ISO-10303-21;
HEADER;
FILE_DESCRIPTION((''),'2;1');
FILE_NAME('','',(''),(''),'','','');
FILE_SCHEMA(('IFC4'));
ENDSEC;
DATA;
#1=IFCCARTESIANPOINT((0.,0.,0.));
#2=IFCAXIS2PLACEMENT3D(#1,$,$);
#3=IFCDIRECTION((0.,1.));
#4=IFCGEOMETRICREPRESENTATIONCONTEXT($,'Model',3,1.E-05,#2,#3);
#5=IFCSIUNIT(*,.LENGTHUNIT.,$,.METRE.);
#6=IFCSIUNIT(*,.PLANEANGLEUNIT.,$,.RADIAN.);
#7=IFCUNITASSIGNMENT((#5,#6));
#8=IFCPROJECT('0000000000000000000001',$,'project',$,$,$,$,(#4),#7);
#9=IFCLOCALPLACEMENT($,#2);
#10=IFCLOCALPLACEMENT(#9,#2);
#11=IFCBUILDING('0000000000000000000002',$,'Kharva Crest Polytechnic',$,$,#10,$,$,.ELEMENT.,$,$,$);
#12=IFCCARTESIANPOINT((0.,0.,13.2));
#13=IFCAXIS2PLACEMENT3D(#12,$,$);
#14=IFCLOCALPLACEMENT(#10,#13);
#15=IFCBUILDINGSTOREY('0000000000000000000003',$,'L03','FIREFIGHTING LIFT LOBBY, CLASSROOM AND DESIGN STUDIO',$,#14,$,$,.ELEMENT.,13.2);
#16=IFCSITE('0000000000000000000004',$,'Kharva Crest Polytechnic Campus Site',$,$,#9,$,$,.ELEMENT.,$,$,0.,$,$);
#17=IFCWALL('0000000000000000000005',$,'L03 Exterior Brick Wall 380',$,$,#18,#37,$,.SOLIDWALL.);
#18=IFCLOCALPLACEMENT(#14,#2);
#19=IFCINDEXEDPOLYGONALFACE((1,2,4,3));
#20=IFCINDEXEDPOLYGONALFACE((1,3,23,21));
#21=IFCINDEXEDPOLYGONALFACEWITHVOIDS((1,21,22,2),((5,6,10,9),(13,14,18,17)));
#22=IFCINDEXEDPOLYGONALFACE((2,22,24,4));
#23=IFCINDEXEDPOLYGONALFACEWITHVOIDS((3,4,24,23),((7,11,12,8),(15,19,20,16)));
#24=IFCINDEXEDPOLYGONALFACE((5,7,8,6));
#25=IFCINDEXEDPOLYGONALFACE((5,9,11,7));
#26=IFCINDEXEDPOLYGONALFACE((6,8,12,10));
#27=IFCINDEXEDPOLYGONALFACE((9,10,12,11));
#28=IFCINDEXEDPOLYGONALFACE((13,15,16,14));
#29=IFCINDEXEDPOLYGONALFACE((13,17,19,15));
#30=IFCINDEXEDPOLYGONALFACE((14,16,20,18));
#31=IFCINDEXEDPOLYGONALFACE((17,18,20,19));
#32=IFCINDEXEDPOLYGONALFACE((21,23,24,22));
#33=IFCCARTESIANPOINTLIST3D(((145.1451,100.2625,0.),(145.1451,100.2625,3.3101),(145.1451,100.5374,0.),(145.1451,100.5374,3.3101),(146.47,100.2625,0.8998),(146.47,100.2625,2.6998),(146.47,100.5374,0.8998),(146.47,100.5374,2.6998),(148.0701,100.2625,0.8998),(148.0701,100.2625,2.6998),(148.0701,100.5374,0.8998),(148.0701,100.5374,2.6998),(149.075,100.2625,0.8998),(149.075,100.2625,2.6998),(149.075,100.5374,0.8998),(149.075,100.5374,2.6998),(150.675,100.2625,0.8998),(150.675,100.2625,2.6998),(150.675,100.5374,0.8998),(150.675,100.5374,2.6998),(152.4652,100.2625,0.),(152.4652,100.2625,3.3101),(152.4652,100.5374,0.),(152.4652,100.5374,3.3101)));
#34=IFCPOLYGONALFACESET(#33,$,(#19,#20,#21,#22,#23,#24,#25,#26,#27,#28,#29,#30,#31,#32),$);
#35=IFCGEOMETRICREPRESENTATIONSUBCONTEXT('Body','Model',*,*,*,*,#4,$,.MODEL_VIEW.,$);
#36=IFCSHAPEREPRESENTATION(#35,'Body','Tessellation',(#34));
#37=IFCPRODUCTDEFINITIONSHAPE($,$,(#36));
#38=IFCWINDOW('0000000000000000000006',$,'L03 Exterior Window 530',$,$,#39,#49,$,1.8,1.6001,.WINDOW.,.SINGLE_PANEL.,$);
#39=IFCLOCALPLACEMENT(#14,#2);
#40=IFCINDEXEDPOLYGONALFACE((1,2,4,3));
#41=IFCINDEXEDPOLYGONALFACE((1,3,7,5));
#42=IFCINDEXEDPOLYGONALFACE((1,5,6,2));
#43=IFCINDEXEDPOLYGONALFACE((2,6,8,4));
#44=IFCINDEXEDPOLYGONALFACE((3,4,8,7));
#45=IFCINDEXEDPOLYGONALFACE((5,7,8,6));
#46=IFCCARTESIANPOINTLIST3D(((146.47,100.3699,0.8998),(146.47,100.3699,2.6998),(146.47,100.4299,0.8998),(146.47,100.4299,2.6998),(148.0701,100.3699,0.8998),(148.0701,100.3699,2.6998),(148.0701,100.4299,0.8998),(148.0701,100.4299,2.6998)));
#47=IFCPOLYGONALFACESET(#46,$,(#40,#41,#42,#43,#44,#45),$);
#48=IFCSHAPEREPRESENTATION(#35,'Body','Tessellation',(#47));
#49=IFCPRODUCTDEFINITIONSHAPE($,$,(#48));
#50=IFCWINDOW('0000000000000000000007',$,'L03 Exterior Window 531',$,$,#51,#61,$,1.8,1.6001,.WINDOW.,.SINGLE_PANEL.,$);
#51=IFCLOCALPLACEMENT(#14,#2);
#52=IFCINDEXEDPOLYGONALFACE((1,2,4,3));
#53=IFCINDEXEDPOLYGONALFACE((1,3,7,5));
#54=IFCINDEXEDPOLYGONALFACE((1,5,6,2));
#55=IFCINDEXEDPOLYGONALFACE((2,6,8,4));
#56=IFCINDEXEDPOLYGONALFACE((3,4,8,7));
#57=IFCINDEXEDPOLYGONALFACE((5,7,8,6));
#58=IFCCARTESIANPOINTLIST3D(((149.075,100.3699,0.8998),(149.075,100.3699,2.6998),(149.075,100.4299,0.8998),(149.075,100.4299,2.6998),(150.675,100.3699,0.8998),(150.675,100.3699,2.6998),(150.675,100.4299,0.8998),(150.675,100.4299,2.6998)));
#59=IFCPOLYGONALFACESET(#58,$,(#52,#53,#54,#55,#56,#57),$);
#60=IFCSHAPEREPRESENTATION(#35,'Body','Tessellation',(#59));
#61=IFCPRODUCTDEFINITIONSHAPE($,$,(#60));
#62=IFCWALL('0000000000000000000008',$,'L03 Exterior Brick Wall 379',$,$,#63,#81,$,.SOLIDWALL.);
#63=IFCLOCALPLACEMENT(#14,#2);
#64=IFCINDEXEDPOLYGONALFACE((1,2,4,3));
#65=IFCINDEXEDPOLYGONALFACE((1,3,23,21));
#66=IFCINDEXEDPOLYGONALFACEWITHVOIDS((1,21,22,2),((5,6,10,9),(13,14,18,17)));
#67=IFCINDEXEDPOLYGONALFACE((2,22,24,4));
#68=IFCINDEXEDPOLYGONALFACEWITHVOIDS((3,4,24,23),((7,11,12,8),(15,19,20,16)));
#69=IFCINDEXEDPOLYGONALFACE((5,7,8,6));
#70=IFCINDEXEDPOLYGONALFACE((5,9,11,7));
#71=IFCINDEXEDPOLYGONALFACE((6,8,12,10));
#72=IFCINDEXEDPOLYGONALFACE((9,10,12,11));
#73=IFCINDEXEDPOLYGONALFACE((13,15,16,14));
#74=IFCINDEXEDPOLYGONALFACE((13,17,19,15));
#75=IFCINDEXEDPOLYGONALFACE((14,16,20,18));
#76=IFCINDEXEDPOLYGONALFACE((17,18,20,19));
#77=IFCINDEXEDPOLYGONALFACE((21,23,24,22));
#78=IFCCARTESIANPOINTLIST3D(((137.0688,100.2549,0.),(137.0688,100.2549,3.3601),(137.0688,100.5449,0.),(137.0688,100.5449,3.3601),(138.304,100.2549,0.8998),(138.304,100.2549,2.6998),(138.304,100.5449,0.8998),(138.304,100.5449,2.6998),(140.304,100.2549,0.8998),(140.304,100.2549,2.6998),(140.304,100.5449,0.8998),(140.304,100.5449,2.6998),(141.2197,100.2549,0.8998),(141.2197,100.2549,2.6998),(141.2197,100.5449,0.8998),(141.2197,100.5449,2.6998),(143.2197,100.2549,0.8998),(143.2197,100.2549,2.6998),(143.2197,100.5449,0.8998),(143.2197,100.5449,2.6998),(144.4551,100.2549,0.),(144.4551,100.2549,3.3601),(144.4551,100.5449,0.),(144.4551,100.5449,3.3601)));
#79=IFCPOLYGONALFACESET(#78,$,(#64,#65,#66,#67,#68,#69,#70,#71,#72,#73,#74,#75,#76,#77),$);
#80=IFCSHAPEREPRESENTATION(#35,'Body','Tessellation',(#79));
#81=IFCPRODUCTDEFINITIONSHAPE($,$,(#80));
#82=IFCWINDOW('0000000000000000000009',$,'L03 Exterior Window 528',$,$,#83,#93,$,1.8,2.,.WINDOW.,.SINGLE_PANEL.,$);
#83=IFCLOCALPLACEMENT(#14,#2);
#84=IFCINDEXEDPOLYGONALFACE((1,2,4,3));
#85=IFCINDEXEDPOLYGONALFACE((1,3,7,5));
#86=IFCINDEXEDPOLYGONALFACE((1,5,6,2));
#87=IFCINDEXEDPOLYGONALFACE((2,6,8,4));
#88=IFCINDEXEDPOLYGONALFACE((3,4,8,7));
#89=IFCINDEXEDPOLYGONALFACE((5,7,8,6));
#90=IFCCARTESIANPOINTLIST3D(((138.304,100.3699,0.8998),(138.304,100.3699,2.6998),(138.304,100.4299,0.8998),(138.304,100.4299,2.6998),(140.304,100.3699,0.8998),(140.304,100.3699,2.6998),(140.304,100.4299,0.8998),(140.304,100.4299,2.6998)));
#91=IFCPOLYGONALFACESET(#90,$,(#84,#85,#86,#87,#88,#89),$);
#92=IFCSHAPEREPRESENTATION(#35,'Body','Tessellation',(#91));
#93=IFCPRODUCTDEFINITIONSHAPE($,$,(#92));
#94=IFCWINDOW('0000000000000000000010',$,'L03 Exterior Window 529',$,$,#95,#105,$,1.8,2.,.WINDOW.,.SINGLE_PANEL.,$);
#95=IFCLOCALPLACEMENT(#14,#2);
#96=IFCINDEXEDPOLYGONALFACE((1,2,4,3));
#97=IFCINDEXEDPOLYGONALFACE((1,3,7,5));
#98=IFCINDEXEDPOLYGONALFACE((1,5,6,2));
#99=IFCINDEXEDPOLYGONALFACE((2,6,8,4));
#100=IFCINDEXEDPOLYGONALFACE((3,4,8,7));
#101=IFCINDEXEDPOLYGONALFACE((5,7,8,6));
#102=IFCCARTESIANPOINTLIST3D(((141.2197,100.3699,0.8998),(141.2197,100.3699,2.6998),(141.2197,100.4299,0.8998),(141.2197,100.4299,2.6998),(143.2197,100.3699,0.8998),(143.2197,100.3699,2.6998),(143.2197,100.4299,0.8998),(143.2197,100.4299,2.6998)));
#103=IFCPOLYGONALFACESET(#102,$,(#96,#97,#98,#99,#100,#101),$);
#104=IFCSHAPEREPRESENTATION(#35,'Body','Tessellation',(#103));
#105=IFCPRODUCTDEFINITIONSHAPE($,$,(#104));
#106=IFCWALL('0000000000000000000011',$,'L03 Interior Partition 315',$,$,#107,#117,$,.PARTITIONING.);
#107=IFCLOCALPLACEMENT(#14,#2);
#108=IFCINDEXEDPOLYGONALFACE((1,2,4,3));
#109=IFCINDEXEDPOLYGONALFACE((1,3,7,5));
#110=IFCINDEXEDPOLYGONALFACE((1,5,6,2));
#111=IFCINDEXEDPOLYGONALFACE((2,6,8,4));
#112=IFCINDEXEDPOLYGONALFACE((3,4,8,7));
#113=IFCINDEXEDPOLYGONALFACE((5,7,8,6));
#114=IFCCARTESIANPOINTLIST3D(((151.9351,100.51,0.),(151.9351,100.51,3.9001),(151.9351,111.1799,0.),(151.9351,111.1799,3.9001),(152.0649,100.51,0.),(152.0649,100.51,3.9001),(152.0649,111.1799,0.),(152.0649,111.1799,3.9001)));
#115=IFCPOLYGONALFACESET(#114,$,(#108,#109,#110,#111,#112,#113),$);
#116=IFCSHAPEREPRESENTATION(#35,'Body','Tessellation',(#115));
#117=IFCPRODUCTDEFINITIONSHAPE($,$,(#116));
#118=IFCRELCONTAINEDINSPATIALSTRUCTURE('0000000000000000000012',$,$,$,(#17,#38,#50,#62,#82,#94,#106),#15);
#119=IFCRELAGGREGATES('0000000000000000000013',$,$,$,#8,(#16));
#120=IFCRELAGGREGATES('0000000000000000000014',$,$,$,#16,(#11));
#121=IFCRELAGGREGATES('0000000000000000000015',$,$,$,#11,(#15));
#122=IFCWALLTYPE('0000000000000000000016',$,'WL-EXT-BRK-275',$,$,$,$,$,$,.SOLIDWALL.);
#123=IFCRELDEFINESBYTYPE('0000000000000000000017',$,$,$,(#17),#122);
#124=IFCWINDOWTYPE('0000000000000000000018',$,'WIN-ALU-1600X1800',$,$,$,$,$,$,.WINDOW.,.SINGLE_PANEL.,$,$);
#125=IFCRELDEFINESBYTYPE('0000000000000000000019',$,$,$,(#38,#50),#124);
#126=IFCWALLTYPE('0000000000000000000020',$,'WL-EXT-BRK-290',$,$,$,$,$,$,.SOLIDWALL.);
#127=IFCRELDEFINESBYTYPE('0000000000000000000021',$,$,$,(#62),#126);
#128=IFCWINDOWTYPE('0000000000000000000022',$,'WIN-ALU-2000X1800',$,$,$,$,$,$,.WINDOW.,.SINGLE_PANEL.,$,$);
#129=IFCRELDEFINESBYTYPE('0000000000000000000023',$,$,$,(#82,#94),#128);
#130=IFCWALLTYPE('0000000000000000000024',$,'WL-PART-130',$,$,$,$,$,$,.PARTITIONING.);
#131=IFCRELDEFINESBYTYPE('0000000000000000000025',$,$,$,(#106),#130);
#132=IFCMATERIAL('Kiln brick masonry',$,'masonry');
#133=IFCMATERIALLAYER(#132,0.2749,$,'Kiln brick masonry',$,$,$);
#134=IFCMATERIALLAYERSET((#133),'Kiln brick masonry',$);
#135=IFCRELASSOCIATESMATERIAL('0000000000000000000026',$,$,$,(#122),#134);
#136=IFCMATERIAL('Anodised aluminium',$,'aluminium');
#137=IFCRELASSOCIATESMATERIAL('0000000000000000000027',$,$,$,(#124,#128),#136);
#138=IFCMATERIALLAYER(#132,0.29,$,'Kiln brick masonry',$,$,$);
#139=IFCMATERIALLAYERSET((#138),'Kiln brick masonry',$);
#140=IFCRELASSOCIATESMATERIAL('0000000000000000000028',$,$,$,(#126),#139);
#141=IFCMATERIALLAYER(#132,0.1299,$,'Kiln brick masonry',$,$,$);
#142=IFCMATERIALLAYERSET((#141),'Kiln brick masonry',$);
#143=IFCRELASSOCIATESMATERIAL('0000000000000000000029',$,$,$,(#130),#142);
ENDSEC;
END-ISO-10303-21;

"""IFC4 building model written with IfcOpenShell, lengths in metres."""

from ifc_helpers import new_model, si_unit, direction, frame, frame_2d, origin, place, context, subcontext, project, spatial, rectangle, extrude, material, layer, layer_set, type_object, element, fill, save


model = new_model("IFC4")

# Units and contexts
model_context = context("Model", 3, precision=1e-05, world=origin(), true_north=direction((0.0, 1.0)))
body_context = subcontext(model_context, "Body", "Model", "MODEL_VIEW")
ifc_project = project(units=[si_unit("LENGTHUNIT", "METRE"), si_unit("PLANEANGLEUNIT", "RADIAN")], contexts=[model_context])

# Site, building, storey
site_placement = place(None, origin())
site = spatial("IfcSite", under=ifc_project, at=site_placement, Name="Kharva Crest Polytechnic Campus Site", CompositionType="ELEMENT", RefElevation=0.0)
building_placement = place(site_placement, origin())
building = spatial("IfcBuilding", under=site, at=building_placement, Name="Kharva Crest Polytechnic", CompositionType="ELEMENT")
storey_placement = place(building_placement, frame((0.0, 0.0, 13.2)))
storey = spatial("IfcBuildingStorey", under=building, at=storey_placement, Name="L03", Description="FIREFIGHTING LIFT LOBBY, CLASSROOM AND DESIGN STUDIO", CompositionType="ELEMENT", Elevation=13.2)

# Walls, openings, windows
ifc_material_1 = material(Name="Kiln brick masonry", Category="masonry")
ifc_layer_1 = layer(ifc_material_1, 0.2749, Name="Kiln brick masonry")
ifc_layer_set_1 = layer_set([ifc_layer_1], Name="Kiln brick masonry")
wall_type_1 = type_object("IfcWallType", Name="WL-EXT-BRK-275", PredefinedType="SOLIDWALL", material=ifc_layer_set_1)
wall_1_placement = place(storey_placement, frame((145.145, 100.3999, 0.0), z_axis=(0.0, 0.0, 1.0), x_axis=(1.0, 0.0, 0.0)))
wall_1 = element("IfcWall", 1, at=wall_1_placement, inside=storey, type_object=wall_type_1, Name="L03 Exterior Brick Wall 380", PredefinedType="SOLIDWALL", context=body_context, shape_type="SweptSolid", body=[
    extrude(rectangle(XDim=7.3201, YDim=0.2749, at=frame_2d((3.6602, 0.0))), origin(), (0.0, 0.0, 1.0), 3.3101),
])
opening_1_placement = place(wall_1_placement, frame((1.325, 0.0, 0.8999)))
opening_1 = element("IfcOpeningElement", 2, at=opening_1_placement, cuts=wall_1, PredefinedType="OPENING", context=body_context, shape_type="SweptSolid", body=[
    extrude(rectangle(XDim=1.6001, YDim=1.8, at=frame_2d((0.8, 0.8999))), frame((0.0, 0.1475, 0.0), z_axis=(0.0, -1.0, 0.0), x_axis=(1.0, 0.0, 0.0)), (0.0, 0.0, 1.0), 0.2949),
])
opening_2_placement = place(wall_1_placement, frame((3.9299, 0.0, 0.8999)))
opening_2 = element("IfcOpeningElement", 3, at=opening_2_placement, cuts=wall_1, PredefinedType="OPENING", context=body_context, shape_type="SweptSolid", body=[
    extrude(rectangle(XDim=1.6001, YDim=1.8, at=frame_2d((0.8, 0.8999))), frame((0.0, 0.1475, 0.0), z_axis=(0.0, -1.0, 0.0), x_axis=(1.0, 0.0, 0.0)), (0.0, 0.0, 1.0), 0.2949),
])
ifc_material_2 = material(Name="Anodised aluminium", Category="aluminium")
window_type_1 = type_object("IfcWindowType", Name="WIN-ALU-1600X1800", PartitioningType="SINGLE_PANEL", PredefinedType="WINDOW", material=ifc_material_2)
window_1_placement = place(opening_1_placement, origin())
window_1 = element("IfcWindow", 4, at=window_1_placement, inside=storey, type_object=window_type_1, Name="L03 Exterior Window 530", OverallHeight=1.8, OverallWidth=1.6001, PartitioningType="SINGLE_PANEL", PredefinedType="WINDOW", context=body_context, shape_type="SweptSolid", body=[
    extrude(rectangle(XDim=1.6001, YDim=1.8, at=frame_2d((0.8, 0.8999))), frame((0.0, 0.03, 0.0), z_axis=(0.0, -1.0, 0.0), x_axis=(1.0, 0.0, 0.0)), (0.0, 0.0, 1.0), 0.0601),
])
fill(opening_1, window_1)
window_2_placement = place(opening_2_placement, origin())
window_2 = element("IfcWindow", 5, at=window_2_placement, inside=storey, type_object=window_type_1, Name="L03 Exterior Window 531", OverallHeight=1.8, OverallWidth=1.6001, PartitioningType="SINGLE_PANEL", PredefinedType="WINDOW", context=body_context, shape_type="SweptSolid", body=[
    extrude(rectangle(XDim=1.6001, YDim=1.8, at=frame_2d((0.8, 0.8999))), frame((0.0, 0.03, 0.0), z_axis=(0.0, -1.0, 0.0), x_axis=(1.0, 0.0, 0.0)), (0.0, 0.0, 1.0), 0.0601),
])
fill(opening_2, window_2)
ifc_layer_2 = layer(ifc_material_1, 0.29, Name="Kiln brick masonry")
ifc_layer_set_2 = layer_set([ifc_layer_2], Name="Kiln brick masonry")
wall_type_2 = type_object("IfcWallType", Name="WL-EXT-BRK-290", PredefinedType="SOLIDWALL", material=ifc_layer_set_2)
wall_2_placement = place(storey_placement, frame((137.0688, 100.3999, 0.0), z_axis=(0.0, 0.0, 1.0), x_axis=(1.0, 0.0, 0.0)))
wall_2 = element("IfcWall", 6, at=wall_2_placement, inside=storey, type_object=wall_type_2, Name="L03 Exterior Brick Wall 379", PredefinedType="SOLIDWALL", context=body_context, shape_type="SweptSolid", body=[
    extrude(rectangle(XDim=7.3862, YDim=0.29, at=frame_2d((3.6931, 0.0))), origin(), (0.0, 0.0, 1.0), 3.3601),
])
opening_3_placement = place(wall_2_placement, frame((1.2351, 0.0, 0.8999)))
opening_3 = element("IfcOpeningElement", 7, at=opening_3_placement, cuts=wall_2, PredefinedType="OPENING", context=body_context, shape_type="SweptSolid", body=[
    extrude(rectangle(XDim=2.0, YDim=1.8, at=frame_2d((1.0, 0.8999))), frame((0.0, 0.155, 0.0), z_axis=(0.0, -1.0, 0.0), x_axis=(1.0, 0.0, 0.0)), (0.0, 0.0, 1.0), 0.3101),
])
opening_4_placement = place(wall_2_placement, frame((4.1509, 0.0, 0.8999)))
opening_4 = element("IfcOpeningElement", 8, at=opening_4_placement, cuts=wall_2, PredefinedType="OPENING", context=body_context, shape_type="SweptSolid", body=[
    extrude(rectangle(XDim=2.0, YDim=1.8, at=frame_2d((1.0, 0.8999))), frame((0.0, 0.155, 0.0), z_axis=(0.0, -1.0, 0.0), x_axis=(1.0, 0.0, 0.0)), (0.0, 0.0, 1.0), 0.3101),
])
window_type_2 = type_object("IfcWindowType", Name="WIN-ALU-2000X1800", PartitioningType="SINGLE_PANEL", PredefinedType="WINDOW", material=ifc_material_2)
window_3_placement = place(opening_3_placement, origin())
window_3 = element("IfcWindow", 9, at=window_3_placement, inside=storey, type_object=window_type_2, Name="L03 Exterior Window 528", OverallHeight=1.8, OverallWidth=2.0, PartitioningType="SINGLE_PANEL", PredefinedType="WINDOW", context=body_context, shape_type="SweptSolid", body=[
    extrude(rectangle(XDim=2.0, YDim=1.8, at=frame_2d((1.0, 0.8999))), frame((0.0, 0.03, 0.0), z_axis=(0.0, -1.0, 0.0), x_axis=(1.0, 0.0, 0.0)), (0.0, 0.0, 1.0), 0.0601),
])
fill(opening_3, window_3)
window_4_placement = place(opening_4_placement, origin())
window_4 = element("IfcWindow", 10, at=window_4_placement, inside=storey, type_object=window_type_2, Name="L03 Exterior Window 529", OverallHeight=1.8, OverallWidth=2.0, PartitioningType="SINGLE_PANEL", PredefinedType="WINDOW", context=body_context, shape_type="SweptSolid", body=[
    extrude(rectangle(XDim=2.0, YDim=1.8, at=frame_2d((1.0, 0.8999))), frame((0.0, 0.03, 0.0), z_axis=(0.0, -1.0, 0.0), x_axis=(1.0, 0.0, 0.0)), (0.0, 0.0, 1.0), 0.0601),
])
fill(opening_4, window_4)

# Wall
ifc_layer_3 = layer(ifc_material_1, 0.1299, Name="Kiln brick masonry")
ifc_layer_set_3 = layer_set([ifc_layer_3], Name="Kiln brick masonry")
wall_type_3 = type_object("IfcWallType", Name="WL-PART-130", PredefinedType="PARTITIONING", material=ifc_layer_set_3)
wall_3_placement = place(storey_placement, frame((152.0, 100.51, 0.0), z_axis=(0.0, 0.0, 1.0), x_axis=(0.0, 1.0, 0.0)))
element("IfcWall", 11, at=wall_3_placement, inside=storey, type_object=wall_type_3, Name="L03 Interior Partition 315", PredefinedType="PARTITIONING", context=body_context, shape_type="SweptSolid", body=[
    extrude(rectangle(XDim=10.6699, YDim=0.1299, at=frame_2d((5.335, 0.0))), origin(), (0.0, 0.0, 1.0), 3.9001),
])

save(model, "model.ifc")
